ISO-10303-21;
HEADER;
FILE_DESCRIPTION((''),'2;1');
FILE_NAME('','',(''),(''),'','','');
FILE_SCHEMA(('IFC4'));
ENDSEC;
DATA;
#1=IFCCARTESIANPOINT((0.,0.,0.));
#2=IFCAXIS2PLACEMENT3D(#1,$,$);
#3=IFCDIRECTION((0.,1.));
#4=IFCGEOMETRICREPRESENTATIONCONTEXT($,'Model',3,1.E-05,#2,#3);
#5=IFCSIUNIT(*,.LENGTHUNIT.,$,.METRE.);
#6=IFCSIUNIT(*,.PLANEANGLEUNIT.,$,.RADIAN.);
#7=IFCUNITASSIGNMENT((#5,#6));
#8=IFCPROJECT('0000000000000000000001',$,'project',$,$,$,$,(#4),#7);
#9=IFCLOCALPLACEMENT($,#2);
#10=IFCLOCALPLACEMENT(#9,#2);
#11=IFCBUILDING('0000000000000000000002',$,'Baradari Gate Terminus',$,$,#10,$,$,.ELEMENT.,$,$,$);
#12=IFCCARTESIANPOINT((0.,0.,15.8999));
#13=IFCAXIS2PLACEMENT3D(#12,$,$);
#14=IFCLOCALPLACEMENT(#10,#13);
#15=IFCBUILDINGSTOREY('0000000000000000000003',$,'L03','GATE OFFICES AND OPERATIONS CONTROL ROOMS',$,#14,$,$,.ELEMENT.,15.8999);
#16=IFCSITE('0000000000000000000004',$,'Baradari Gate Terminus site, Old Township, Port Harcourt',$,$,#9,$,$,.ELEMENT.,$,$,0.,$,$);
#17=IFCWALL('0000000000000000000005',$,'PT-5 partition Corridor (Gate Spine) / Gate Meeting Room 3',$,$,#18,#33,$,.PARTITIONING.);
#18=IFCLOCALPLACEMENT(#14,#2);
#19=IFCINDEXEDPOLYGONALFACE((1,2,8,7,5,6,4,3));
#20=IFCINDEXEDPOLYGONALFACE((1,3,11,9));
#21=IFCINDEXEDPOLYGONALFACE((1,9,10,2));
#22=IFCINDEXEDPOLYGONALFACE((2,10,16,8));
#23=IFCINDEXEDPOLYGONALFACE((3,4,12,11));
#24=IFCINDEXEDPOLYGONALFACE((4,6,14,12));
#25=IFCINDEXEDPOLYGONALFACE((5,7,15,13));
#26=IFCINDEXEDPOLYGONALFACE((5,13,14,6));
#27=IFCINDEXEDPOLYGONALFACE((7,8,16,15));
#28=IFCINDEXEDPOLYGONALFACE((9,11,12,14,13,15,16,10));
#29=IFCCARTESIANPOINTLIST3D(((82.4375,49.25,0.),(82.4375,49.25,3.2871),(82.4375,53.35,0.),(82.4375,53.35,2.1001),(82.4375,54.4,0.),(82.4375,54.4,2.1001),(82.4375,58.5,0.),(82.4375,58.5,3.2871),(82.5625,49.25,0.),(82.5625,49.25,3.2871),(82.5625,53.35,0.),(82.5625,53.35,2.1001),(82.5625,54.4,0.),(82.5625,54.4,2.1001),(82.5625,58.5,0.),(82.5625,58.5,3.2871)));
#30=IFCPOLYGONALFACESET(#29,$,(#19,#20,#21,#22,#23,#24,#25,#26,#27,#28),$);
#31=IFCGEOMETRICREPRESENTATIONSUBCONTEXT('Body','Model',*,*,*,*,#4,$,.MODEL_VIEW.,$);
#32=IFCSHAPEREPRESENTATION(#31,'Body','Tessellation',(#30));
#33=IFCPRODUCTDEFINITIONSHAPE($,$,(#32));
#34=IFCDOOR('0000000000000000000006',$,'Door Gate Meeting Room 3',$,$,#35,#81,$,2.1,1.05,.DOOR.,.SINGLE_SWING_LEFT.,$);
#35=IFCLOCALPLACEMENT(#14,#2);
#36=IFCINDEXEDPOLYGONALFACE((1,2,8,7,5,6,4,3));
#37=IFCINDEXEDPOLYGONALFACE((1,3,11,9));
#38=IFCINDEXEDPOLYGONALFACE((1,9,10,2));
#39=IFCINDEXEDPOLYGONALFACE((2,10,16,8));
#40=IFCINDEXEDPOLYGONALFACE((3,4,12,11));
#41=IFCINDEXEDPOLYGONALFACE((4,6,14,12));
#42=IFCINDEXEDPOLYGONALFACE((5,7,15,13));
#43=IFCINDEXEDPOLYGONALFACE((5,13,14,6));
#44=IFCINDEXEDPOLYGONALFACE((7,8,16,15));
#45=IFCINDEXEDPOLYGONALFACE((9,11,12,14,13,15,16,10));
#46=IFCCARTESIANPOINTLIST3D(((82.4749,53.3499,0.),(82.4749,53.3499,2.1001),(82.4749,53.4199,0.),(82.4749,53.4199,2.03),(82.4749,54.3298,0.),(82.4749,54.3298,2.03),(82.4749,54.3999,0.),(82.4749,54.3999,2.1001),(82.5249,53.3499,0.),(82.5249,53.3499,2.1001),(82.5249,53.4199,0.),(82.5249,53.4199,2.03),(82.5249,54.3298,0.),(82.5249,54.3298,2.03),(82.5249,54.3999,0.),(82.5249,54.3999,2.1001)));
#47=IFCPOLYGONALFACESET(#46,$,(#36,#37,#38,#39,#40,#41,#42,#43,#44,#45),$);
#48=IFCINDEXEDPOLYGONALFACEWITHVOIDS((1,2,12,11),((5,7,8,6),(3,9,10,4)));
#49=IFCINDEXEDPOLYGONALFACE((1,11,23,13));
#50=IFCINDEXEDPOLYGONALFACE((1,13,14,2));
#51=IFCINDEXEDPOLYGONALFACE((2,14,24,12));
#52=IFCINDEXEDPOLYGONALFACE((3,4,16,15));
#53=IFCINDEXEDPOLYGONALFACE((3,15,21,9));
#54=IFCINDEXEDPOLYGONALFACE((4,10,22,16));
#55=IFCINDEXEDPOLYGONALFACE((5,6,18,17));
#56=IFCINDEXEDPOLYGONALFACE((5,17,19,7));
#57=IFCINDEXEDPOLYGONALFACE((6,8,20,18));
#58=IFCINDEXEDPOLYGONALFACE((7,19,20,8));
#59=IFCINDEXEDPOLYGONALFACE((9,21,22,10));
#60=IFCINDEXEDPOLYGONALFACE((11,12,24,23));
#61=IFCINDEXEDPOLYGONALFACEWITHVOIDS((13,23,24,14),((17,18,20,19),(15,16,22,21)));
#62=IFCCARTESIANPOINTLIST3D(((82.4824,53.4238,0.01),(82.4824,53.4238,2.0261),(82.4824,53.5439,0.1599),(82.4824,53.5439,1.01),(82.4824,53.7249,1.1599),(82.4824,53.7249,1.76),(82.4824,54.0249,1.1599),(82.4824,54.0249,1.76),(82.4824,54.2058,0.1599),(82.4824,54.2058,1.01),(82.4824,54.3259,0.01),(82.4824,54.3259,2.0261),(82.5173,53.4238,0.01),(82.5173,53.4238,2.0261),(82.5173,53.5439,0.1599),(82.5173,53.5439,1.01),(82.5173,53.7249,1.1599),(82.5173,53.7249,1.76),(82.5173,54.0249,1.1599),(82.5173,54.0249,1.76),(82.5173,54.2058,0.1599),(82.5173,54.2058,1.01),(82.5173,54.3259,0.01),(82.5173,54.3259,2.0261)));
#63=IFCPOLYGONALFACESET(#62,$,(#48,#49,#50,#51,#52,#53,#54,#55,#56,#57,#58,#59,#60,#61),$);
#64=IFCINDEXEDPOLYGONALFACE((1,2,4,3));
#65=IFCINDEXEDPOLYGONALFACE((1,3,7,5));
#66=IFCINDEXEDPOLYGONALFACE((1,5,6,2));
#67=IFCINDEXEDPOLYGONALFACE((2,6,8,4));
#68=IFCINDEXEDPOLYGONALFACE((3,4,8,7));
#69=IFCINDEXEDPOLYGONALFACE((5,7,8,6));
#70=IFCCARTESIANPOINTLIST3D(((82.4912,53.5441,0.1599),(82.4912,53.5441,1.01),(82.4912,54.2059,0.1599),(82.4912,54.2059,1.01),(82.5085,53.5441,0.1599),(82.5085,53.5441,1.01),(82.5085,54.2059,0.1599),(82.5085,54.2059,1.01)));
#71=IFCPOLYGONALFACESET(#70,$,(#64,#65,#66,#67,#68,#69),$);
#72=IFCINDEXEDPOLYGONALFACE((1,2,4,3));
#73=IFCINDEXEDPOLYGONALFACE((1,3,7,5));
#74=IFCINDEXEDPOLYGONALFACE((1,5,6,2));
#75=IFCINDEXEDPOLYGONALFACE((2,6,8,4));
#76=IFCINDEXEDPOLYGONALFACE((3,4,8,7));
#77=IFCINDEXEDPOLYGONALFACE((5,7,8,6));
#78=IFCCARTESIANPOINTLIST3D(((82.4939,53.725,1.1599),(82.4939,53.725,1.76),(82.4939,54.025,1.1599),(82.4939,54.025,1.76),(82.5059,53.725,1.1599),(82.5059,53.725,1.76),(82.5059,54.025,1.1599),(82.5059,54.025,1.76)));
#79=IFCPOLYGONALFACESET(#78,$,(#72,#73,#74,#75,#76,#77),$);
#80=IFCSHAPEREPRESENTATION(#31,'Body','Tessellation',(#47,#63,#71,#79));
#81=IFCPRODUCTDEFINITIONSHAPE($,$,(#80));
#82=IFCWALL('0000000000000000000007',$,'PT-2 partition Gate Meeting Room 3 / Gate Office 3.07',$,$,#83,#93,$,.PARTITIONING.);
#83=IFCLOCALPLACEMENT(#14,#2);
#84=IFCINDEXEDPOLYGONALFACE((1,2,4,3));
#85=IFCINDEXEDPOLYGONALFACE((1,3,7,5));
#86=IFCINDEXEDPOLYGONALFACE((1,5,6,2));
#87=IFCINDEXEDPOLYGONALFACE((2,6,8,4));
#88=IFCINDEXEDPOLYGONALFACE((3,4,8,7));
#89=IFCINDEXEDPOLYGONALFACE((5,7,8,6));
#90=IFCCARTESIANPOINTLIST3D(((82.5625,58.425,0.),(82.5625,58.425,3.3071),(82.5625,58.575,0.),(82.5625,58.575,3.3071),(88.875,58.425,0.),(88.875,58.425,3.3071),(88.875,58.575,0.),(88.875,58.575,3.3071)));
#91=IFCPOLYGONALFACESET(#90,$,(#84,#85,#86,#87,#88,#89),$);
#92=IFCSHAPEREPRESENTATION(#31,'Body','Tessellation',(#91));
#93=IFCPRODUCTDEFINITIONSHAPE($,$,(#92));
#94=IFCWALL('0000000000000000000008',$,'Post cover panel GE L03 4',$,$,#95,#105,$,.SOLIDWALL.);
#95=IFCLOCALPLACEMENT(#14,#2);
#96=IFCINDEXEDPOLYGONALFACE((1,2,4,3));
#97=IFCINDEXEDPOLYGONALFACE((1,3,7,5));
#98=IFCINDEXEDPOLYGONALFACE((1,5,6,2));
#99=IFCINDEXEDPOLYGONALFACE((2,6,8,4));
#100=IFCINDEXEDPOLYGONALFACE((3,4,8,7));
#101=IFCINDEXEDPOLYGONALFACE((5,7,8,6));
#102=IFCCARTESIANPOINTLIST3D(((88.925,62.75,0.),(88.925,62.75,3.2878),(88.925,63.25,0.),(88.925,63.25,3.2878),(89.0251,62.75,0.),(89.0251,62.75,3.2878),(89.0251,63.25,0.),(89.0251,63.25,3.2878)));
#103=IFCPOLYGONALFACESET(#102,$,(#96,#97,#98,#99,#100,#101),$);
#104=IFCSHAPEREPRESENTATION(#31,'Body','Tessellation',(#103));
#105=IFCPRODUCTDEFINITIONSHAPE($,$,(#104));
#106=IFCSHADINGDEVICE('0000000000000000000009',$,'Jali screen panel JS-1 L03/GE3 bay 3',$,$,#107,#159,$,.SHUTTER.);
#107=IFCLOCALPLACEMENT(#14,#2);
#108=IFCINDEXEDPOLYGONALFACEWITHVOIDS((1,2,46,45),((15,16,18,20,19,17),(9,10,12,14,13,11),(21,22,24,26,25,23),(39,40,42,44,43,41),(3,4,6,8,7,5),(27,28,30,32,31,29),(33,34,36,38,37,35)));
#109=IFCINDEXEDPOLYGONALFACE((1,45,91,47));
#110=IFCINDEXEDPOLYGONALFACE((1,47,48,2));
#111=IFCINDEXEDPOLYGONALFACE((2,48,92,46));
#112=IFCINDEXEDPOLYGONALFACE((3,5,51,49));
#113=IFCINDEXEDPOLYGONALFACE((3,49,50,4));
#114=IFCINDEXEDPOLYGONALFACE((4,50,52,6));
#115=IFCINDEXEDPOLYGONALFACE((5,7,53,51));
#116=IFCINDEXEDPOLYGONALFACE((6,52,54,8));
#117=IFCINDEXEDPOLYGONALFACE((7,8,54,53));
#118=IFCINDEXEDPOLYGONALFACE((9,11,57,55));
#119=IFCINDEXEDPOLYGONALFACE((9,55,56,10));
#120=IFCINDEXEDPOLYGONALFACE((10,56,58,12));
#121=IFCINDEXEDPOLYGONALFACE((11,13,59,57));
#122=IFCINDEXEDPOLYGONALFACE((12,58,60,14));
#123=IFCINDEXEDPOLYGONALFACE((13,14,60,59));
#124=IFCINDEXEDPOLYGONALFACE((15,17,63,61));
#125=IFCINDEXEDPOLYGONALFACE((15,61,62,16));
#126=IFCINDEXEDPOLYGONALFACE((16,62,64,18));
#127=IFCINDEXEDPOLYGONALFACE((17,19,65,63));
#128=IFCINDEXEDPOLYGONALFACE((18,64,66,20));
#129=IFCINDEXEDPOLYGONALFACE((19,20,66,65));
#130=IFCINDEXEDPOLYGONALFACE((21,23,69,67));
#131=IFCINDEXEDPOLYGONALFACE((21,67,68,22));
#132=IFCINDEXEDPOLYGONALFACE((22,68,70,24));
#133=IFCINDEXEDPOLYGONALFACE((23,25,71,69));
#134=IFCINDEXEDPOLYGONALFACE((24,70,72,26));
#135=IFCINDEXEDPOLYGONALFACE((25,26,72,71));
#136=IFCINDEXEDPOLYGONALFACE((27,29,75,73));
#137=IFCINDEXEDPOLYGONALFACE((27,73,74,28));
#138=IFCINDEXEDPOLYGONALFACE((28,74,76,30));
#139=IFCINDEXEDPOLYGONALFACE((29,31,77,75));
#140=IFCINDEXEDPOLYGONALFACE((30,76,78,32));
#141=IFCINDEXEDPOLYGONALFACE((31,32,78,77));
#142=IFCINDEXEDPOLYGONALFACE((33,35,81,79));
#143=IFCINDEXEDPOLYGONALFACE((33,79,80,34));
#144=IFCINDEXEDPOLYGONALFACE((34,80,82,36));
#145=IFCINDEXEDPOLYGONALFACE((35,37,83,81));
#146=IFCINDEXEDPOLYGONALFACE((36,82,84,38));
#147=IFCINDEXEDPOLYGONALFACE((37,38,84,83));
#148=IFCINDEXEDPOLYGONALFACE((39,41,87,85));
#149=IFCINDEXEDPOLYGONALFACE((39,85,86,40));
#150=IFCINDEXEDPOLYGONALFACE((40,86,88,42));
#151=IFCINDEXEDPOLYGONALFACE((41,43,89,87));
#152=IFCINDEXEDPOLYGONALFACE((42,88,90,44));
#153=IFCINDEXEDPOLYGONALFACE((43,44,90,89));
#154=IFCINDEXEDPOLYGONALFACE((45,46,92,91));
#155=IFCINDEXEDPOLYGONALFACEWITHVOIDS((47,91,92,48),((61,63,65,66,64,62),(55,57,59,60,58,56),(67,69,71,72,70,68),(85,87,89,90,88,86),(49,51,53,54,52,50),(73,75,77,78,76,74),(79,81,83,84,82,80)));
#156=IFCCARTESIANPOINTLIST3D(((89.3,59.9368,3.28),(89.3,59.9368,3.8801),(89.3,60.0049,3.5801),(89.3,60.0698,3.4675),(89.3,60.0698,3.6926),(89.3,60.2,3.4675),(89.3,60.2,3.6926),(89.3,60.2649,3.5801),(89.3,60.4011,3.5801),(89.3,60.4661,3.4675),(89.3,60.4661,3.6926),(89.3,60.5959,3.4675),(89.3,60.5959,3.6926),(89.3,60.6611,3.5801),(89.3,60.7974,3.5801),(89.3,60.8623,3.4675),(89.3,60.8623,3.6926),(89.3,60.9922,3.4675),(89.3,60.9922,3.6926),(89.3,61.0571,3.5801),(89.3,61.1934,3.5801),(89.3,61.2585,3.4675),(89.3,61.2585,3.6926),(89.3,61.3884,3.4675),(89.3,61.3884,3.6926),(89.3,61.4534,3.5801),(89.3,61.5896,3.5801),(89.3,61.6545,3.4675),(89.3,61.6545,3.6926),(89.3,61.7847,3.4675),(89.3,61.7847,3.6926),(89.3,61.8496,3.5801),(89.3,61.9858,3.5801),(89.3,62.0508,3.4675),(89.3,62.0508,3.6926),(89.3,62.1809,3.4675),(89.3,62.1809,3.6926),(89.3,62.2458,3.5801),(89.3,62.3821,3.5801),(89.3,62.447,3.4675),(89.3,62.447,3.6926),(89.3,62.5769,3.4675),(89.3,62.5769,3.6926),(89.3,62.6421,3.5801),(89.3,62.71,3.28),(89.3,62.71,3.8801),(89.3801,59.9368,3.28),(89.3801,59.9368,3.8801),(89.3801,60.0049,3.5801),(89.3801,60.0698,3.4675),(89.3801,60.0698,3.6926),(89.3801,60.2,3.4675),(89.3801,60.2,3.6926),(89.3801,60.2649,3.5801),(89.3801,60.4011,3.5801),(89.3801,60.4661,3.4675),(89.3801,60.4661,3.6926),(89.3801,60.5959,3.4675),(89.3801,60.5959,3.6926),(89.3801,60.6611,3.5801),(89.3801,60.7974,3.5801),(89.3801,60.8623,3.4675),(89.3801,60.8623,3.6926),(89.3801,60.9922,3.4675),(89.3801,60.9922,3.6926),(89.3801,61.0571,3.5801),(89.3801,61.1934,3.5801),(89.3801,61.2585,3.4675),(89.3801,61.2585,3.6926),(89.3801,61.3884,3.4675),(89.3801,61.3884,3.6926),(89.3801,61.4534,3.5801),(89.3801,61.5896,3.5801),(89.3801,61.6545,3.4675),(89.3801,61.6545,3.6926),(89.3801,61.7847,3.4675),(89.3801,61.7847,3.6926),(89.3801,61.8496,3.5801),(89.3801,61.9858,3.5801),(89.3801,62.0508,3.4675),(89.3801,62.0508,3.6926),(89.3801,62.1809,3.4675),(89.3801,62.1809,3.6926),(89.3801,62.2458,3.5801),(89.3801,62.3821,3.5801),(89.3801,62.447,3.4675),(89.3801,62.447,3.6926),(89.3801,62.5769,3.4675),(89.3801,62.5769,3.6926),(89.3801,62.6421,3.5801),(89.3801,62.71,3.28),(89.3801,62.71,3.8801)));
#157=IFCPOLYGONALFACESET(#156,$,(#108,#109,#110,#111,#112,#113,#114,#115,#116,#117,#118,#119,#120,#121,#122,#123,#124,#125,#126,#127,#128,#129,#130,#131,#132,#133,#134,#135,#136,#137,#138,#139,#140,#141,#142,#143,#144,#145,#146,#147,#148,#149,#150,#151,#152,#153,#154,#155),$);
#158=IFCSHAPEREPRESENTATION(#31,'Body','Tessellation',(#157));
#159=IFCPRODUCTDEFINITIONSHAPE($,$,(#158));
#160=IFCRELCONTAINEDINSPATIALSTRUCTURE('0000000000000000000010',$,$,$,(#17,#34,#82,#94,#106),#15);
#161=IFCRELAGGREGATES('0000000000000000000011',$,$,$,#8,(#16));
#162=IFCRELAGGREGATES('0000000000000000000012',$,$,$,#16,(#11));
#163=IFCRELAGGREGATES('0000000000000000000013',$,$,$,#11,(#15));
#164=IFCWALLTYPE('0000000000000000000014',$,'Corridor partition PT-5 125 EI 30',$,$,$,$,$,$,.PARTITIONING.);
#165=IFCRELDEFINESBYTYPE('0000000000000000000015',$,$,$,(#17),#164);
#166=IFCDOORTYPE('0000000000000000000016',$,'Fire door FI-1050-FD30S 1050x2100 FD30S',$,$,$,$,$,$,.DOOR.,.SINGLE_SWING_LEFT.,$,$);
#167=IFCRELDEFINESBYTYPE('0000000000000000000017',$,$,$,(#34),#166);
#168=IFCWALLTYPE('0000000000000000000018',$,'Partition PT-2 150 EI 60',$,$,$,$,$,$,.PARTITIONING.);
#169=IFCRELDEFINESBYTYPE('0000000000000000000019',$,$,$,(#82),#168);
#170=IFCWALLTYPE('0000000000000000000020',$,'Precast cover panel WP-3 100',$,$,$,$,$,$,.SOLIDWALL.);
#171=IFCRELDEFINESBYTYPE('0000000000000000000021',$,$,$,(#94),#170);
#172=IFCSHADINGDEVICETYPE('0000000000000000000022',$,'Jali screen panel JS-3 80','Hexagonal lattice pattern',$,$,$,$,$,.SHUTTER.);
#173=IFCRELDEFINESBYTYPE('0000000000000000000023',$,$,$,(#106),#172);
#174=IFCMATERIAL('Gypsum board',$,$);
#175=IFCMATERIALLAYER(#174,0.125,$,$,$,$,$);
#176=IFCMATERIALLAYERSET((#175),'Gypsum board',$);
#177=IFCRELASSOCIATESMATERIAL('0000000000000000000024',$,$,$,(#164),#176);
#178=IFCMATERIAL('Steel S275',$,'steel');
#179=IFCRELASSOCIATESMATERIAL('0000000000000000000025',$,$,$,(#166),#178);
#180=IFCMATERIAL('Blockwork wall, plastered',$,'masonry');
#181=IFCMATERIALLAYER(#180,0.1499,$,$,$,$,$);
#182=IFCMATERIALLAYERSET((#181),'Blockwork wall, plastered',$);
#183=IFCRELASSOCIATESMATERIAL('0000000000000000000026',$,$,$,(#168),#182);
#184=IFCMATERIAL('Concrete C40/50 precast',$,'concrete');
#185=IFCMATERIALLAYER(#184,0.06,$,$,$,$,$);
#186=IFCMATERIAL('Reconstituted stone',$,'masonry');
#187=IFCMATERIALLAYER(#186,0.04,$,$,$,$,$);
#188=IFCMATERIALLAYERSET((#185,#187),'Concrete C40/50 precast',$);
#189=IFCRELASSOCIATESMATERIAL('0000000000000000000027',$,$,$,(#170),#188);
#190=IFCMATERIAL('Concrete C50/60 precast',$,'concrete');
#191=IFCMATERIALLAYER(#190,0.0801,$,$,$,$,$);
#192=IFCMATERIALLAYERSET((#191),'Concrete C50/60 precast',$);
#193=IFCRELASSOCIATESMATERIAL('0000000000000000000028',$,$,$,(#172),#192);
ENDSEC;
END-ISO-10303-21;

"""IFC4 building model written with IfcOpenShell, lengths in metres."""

from ifc_helpers import new_model, si_unit, direction, frame, frame_2d, origin, place, context, subcontext, project, spatial, polyline, rectangle, outline, extrude, material, layer, layer_set, type_object, element, fill, save


model = new_model("IFC4")

# Units and contexts
model_context = context("Model", 3, precision=1e-05, world=origin(), true_north=direction((0.0, 1.0)))
body_context = subcontext(model_context, "Body", "Model", "MODEL_VIEW")
ifc_project = project(units=[si_unit("LENGTHUNIT", "METRE"), si_unit("PLANEANGLEUNIT", "RADIAN")], contexts=[model_context])

# Site, building, storey
site_placement = place(None, origin())
site = spatial("IfcSite", under=ifc_project, at=site_placement, Name="Baradari Gate Terminus site, Old Township, Port Harcourt", CompositionType="ELEMENT", RefElevation=0.0)
building_placement = place(site_placement, origin())
building = spatial("IfcBuilding", under=site, at=building_placement, Name="Baradari Gate Terminus", CompositionType="ELEMENT")
storey_placement = place(building_placement, frame((0.0, 0.0, 15.8999)))
storey = spatial("IfcBuildingStorey", under=building, at=storey_placement, Name="L03", Description="GATE OFFICES AND OPERATIONS CONTROL ROOMS", CompositionType="ELEMENT", Elevation=15.8999)

# Wall, opening, door
ifc_material_1 = material(Name="Gypsum board")
ifc_layer_1 = layer(ifc_material_1, 0.125)
ifc_layer_set_1 = layer_set([ifc_layer_1], Name="Gypsum board")
wall_type_1 = type_object("IfcWallType", Name="Corridor partition PT-5 125 EI 30", PredefinedType="PARTITIONING", material=ifc_layer_set_1)
wall_1_placement = place(storey_placement, frame((82.5, 58.5, 0.0), z_axis=(0.0, 0.0, 1.0), x_axis=(0.0, -1.0, 0.0)))
wall_1 = element("IfcWall", 1, at=wall_1_placement, inside=storey, type_object=wall_type_1, Name="PT-5 partition Corridor (Gate Spine) / Gate Meeting Room 3", PredefinedType="PARTITIONING", context=body_context, shape_type="SweptSolid", body=[
    extrude(rectangle(XDim=9.25, YDim=0.125, at=frame_2d((4.625, 0.0))), origin(), (0.0, 0.0, 1.0), 3.2871),
])
opening_placement = place(wall_1_placement, frame((4.1001, 0.0, 0.0)))
opening = element("IfcOpeningElement", 2, at=opening_placement, cuts=wall_1, PredefinedType="OPENING", context=body_context, shape_type="SweptSolid", body=[
    extrude(rectangle(XDim=1.05, YDim=2.1001, at=frame_2d((0.5249, 1.05))), frame((0.0, 0.0725, 0.0), z_axis=(0.0, -1.0, 0.0), x_axis=(1.0, 0.0, 0.0)), (0.0, 0.0, 1.0), 0.145),
])
ifc_material_2 = material(Name="Steel S275", Category="steel")
door_type = type_object("IfcDoorType", Name="Fire door FI-1050-FD30S 1050x2100 FD30S", OperationType="SINGLE_SWING_LEFT", PredefinedType="DOOR", material=ifc_material_2)
door_placement = place(opening_placement, origin())
door = element("IfcDoor", 3, at=door_placement, inside=storey, type_object=door_type, Name="Door Gate Meeting Room 3", OperationType="SINGLE_SWING_LEFT", OverallHeight=2.1, OverallWidth=1.05, PredefinedType="DOOR", context=body_context, shape_type="SweptSolid", body=[
    extrude(outline(polyline([(0.0, 0.0), (0.0701, 0.0), (0.0701, 2.03), (0.98, 2.03), (0.98, 0.0), (1.05, 0.0), (1.05, 2.1001), (0.0, 2.1001), (0.0, 0.0)])), frame((0.0, 0.0249, 0.0), z_axis=(0.0, -1.0, 0.0), x_axis=(1.0, 0.0, 0.0)), (0.0, 0.0, 1.0), 0.05),
    extrude(outline(polyline([(0.074, 0.01), (0.9761, 0.01), (0.9761, 2.0261), (0.074, 2.0261), (0.074, 0.01)]), holes=[polyline([(0.1941, 0.1599), (0.856, 0.1599), (0.856, 1.01), (0.1941, 1.01), (0.1941, 0.1599)]), polyline([(0.375, 1.1599), (0.675, 1.1599), (0.675, 1.76), (0.375, 1.76), (0.375, 1.1599)])]), frame((0.0, 0.0173, 0.0), z_axis=(0.0, -1.0, 0.0), x_axis=(1.0, 0.0, 0.0)), (0.0, 0.0, 1.0), 0.0349),
    extrude(rectangle(XDim=0.6619, YDim=0.8501, at=frame_2d((0.5249, 0.585))), frame((0.0, 0.0085, 0.0), z_axis=(0.0, -1.0, 0.0), x_axis=(1.0, 0.0, 0.0)), (0.0, 0.0, 1.0), 0.0173),
    extrude(rectangle(XDim=0.3, YDim=0.6001, at=frame_2d((0.5249, 1.46))), frame((0.0, 0.0059, 0.0), z_axis=(0.0, -1.0, 0.0), x_axis=(1.0, 0.0, 0.0)), (0.0, 0.0, 1.0), 0.012),
])
fill(opening, door)

# Walls
ifc_material_3 = material(Name="Blockwork wall, plastered", Category="masonry")
ifc_layer_2 = layer(ifc_material_3, 0.1499)
ifc_layer_set_2 = layer_set([ifc_layer_2], Name="Blockwork wall, plastered")
wall_type_2 = type_object("IfcWallType", Name="Partition PT-2 150 EI 60", PredefinedType="PARTITIONING", material=ifc_layer_set_2)
wall_2_placement = place(storey_placement, frame((82.5625, 58.5, 0.0), z_axis=(0.0, 0.0, 1.0), x_axis=(1.0, 0.0, 0.0)))
element("IfcWall", 4, at=wall_2_placement, inside=storey, type_object=wall_type_2, Name="PT-2 partition Gate Meeting Room 3 / Gate Office 3.07", PredefinedType="PARTITIONING", context=body_context, shape_type="SweptSolid", body=[
    extrude(rectangle(XDim=6.3125, YDim=0.1499, at=frame_2d((3.1562, 0.0))), origin(), (0.0, 0.0, 1.0), 3.3071),
])
ifc_material_4 = material(Name="Concrete C40/50 precast", Category="concrete")
ifc_layer_3 = layer(ifc_material_4, 0.06)
ifc_material_5 = material(Name="Reconstituted stone", Category="masonry")
ifc_layer_4 = layer(ifc_material_5, 0.04)
ifc_layer_set_3 = layer_set([ifc_layer_3, ifc_layer_4], Name="Concrete C40/50 precast")
wall_type_3 = type_object("IfcWallType", Name="Precast cover panel WP-3 100", PredefinedType="SOLIDWALL", material=ifc_layer_set_3)
wall_3_placement = place(storey_placement, frame((88.9751, 62.75, 0.0), z_axis=(0.0, 0.0, 1.0), x_axis=(0.0, 1.0, 0.0)))
element("IfcWall", 5, at=wall_3_placement, inside=storey, type_object=wall_type_3, Name="Post cover panel GE L03 4", PredefinedType="SOLIDWALL", context=body_context, shape_type="SweptSolid", body=[
    extrude(rectangle(XDim=0.5, YDim=0.1001, at=frame_2d((0.25, 0.0))), origin(), (0.0, 0.0, 1.0), 3.2878),
])

# Shading device
ifc_material_6 = material(Name="Concrete C50/60 precast", Category="concrete")
ifc_layer_5 = layer(ifc_material_6, 0.0801)
ifc_layer_set_4 = layer_set([ifc_layer_5], Name="Concrete C50/60 precast")
shading_device_type = type_object("IfcShadingDeviceType", Name="Jali screen panel JS-3 80", Description="Hexagonal lattice pattern", PredefinedType="SHUTTER", material=ifc_layer_set_4)
shading_device_1_placement = place(storey_placement, frame((89.3401, 59.9368, 3.28), z_axis=(0.0, 0.0, 1.0), x_axis=(0.0, 1.0, 0.0)))
element("IfcShadingDevice", 6, at=shading_device_1_placement, inside=storey, type_object=shading_device_type, Name="Jali screen panel JS-1 L03/GE3 bay 3", PredefinedType="SHUTTER", context=body_context, shape_type="SweptSolid", body=[
    extrude(outline(polyline([(0.0, 0.0), (2.7732, 0.0), (2.7732, 0.6001), (0.0, 0.6001), (0.0, 0.0)]), holes=[polyline([(0.3281, 0.3), (0.2632, 0.1875), (0.1331, 0.1875), (0.0681, 0.3), (0.1331, 0.4126), (0.2632, 0.4126), (0.3281, 0.3)]), polyline([(0.7244, 0.3), (0.6592, 0.1875), (0.5293, 0.1875), (0.4644, 0.3), (0.5293, 0.4126), (0.6592, 0.4126), (0.7244, 0.3)]), polyline([(1.1204, 0.3), (1.0554, 0.1875), (0.9255, 0.1875), (0.8606, 0.3), (0.9255, 0.4126), (1.0554, 0.4126), (1.1204, 0.3)]), polyline([(1.5166, 0.3), (1.4517, 0.1875), (1.3218, 0.1875), (1.2566, 0.3), (1.3218, 0.4126), (1.4517, 0.4126), (1.5166, 0.3)]), polyline([(1.9128, 0.3), (1.8479, 0.1875), (1.7178, 0.1875), (1.6528, 0.3), (1.7178, 0.4126), (1.8479, 0.4126), (1.9128, 0.3)]), polyline([(2.3091, 0.3), (2.2441, 0.1875), (2.114, 0.1875), (2.0491, 0.3), (2.114, 0.4126), (2.2441, 0.4126), (2.3091, 0.3)]), polyline([(2.7053, 0.3), (2.6401, 0.1875), (2.5103, 0.1875), (2.4453, 0.3), (2.5103, 0.4126), (2.6401, 0.4126), (2.7053, 0.3)])]), frame((0.0, 0.04, 0.0), z_axis=(0.0, -1.0, 0.0), x_axis=(1.0, 0.0, 0.0)), (0.0, 0.0, 1.0), 0.0801),
])

save(model, "model.ifc")
